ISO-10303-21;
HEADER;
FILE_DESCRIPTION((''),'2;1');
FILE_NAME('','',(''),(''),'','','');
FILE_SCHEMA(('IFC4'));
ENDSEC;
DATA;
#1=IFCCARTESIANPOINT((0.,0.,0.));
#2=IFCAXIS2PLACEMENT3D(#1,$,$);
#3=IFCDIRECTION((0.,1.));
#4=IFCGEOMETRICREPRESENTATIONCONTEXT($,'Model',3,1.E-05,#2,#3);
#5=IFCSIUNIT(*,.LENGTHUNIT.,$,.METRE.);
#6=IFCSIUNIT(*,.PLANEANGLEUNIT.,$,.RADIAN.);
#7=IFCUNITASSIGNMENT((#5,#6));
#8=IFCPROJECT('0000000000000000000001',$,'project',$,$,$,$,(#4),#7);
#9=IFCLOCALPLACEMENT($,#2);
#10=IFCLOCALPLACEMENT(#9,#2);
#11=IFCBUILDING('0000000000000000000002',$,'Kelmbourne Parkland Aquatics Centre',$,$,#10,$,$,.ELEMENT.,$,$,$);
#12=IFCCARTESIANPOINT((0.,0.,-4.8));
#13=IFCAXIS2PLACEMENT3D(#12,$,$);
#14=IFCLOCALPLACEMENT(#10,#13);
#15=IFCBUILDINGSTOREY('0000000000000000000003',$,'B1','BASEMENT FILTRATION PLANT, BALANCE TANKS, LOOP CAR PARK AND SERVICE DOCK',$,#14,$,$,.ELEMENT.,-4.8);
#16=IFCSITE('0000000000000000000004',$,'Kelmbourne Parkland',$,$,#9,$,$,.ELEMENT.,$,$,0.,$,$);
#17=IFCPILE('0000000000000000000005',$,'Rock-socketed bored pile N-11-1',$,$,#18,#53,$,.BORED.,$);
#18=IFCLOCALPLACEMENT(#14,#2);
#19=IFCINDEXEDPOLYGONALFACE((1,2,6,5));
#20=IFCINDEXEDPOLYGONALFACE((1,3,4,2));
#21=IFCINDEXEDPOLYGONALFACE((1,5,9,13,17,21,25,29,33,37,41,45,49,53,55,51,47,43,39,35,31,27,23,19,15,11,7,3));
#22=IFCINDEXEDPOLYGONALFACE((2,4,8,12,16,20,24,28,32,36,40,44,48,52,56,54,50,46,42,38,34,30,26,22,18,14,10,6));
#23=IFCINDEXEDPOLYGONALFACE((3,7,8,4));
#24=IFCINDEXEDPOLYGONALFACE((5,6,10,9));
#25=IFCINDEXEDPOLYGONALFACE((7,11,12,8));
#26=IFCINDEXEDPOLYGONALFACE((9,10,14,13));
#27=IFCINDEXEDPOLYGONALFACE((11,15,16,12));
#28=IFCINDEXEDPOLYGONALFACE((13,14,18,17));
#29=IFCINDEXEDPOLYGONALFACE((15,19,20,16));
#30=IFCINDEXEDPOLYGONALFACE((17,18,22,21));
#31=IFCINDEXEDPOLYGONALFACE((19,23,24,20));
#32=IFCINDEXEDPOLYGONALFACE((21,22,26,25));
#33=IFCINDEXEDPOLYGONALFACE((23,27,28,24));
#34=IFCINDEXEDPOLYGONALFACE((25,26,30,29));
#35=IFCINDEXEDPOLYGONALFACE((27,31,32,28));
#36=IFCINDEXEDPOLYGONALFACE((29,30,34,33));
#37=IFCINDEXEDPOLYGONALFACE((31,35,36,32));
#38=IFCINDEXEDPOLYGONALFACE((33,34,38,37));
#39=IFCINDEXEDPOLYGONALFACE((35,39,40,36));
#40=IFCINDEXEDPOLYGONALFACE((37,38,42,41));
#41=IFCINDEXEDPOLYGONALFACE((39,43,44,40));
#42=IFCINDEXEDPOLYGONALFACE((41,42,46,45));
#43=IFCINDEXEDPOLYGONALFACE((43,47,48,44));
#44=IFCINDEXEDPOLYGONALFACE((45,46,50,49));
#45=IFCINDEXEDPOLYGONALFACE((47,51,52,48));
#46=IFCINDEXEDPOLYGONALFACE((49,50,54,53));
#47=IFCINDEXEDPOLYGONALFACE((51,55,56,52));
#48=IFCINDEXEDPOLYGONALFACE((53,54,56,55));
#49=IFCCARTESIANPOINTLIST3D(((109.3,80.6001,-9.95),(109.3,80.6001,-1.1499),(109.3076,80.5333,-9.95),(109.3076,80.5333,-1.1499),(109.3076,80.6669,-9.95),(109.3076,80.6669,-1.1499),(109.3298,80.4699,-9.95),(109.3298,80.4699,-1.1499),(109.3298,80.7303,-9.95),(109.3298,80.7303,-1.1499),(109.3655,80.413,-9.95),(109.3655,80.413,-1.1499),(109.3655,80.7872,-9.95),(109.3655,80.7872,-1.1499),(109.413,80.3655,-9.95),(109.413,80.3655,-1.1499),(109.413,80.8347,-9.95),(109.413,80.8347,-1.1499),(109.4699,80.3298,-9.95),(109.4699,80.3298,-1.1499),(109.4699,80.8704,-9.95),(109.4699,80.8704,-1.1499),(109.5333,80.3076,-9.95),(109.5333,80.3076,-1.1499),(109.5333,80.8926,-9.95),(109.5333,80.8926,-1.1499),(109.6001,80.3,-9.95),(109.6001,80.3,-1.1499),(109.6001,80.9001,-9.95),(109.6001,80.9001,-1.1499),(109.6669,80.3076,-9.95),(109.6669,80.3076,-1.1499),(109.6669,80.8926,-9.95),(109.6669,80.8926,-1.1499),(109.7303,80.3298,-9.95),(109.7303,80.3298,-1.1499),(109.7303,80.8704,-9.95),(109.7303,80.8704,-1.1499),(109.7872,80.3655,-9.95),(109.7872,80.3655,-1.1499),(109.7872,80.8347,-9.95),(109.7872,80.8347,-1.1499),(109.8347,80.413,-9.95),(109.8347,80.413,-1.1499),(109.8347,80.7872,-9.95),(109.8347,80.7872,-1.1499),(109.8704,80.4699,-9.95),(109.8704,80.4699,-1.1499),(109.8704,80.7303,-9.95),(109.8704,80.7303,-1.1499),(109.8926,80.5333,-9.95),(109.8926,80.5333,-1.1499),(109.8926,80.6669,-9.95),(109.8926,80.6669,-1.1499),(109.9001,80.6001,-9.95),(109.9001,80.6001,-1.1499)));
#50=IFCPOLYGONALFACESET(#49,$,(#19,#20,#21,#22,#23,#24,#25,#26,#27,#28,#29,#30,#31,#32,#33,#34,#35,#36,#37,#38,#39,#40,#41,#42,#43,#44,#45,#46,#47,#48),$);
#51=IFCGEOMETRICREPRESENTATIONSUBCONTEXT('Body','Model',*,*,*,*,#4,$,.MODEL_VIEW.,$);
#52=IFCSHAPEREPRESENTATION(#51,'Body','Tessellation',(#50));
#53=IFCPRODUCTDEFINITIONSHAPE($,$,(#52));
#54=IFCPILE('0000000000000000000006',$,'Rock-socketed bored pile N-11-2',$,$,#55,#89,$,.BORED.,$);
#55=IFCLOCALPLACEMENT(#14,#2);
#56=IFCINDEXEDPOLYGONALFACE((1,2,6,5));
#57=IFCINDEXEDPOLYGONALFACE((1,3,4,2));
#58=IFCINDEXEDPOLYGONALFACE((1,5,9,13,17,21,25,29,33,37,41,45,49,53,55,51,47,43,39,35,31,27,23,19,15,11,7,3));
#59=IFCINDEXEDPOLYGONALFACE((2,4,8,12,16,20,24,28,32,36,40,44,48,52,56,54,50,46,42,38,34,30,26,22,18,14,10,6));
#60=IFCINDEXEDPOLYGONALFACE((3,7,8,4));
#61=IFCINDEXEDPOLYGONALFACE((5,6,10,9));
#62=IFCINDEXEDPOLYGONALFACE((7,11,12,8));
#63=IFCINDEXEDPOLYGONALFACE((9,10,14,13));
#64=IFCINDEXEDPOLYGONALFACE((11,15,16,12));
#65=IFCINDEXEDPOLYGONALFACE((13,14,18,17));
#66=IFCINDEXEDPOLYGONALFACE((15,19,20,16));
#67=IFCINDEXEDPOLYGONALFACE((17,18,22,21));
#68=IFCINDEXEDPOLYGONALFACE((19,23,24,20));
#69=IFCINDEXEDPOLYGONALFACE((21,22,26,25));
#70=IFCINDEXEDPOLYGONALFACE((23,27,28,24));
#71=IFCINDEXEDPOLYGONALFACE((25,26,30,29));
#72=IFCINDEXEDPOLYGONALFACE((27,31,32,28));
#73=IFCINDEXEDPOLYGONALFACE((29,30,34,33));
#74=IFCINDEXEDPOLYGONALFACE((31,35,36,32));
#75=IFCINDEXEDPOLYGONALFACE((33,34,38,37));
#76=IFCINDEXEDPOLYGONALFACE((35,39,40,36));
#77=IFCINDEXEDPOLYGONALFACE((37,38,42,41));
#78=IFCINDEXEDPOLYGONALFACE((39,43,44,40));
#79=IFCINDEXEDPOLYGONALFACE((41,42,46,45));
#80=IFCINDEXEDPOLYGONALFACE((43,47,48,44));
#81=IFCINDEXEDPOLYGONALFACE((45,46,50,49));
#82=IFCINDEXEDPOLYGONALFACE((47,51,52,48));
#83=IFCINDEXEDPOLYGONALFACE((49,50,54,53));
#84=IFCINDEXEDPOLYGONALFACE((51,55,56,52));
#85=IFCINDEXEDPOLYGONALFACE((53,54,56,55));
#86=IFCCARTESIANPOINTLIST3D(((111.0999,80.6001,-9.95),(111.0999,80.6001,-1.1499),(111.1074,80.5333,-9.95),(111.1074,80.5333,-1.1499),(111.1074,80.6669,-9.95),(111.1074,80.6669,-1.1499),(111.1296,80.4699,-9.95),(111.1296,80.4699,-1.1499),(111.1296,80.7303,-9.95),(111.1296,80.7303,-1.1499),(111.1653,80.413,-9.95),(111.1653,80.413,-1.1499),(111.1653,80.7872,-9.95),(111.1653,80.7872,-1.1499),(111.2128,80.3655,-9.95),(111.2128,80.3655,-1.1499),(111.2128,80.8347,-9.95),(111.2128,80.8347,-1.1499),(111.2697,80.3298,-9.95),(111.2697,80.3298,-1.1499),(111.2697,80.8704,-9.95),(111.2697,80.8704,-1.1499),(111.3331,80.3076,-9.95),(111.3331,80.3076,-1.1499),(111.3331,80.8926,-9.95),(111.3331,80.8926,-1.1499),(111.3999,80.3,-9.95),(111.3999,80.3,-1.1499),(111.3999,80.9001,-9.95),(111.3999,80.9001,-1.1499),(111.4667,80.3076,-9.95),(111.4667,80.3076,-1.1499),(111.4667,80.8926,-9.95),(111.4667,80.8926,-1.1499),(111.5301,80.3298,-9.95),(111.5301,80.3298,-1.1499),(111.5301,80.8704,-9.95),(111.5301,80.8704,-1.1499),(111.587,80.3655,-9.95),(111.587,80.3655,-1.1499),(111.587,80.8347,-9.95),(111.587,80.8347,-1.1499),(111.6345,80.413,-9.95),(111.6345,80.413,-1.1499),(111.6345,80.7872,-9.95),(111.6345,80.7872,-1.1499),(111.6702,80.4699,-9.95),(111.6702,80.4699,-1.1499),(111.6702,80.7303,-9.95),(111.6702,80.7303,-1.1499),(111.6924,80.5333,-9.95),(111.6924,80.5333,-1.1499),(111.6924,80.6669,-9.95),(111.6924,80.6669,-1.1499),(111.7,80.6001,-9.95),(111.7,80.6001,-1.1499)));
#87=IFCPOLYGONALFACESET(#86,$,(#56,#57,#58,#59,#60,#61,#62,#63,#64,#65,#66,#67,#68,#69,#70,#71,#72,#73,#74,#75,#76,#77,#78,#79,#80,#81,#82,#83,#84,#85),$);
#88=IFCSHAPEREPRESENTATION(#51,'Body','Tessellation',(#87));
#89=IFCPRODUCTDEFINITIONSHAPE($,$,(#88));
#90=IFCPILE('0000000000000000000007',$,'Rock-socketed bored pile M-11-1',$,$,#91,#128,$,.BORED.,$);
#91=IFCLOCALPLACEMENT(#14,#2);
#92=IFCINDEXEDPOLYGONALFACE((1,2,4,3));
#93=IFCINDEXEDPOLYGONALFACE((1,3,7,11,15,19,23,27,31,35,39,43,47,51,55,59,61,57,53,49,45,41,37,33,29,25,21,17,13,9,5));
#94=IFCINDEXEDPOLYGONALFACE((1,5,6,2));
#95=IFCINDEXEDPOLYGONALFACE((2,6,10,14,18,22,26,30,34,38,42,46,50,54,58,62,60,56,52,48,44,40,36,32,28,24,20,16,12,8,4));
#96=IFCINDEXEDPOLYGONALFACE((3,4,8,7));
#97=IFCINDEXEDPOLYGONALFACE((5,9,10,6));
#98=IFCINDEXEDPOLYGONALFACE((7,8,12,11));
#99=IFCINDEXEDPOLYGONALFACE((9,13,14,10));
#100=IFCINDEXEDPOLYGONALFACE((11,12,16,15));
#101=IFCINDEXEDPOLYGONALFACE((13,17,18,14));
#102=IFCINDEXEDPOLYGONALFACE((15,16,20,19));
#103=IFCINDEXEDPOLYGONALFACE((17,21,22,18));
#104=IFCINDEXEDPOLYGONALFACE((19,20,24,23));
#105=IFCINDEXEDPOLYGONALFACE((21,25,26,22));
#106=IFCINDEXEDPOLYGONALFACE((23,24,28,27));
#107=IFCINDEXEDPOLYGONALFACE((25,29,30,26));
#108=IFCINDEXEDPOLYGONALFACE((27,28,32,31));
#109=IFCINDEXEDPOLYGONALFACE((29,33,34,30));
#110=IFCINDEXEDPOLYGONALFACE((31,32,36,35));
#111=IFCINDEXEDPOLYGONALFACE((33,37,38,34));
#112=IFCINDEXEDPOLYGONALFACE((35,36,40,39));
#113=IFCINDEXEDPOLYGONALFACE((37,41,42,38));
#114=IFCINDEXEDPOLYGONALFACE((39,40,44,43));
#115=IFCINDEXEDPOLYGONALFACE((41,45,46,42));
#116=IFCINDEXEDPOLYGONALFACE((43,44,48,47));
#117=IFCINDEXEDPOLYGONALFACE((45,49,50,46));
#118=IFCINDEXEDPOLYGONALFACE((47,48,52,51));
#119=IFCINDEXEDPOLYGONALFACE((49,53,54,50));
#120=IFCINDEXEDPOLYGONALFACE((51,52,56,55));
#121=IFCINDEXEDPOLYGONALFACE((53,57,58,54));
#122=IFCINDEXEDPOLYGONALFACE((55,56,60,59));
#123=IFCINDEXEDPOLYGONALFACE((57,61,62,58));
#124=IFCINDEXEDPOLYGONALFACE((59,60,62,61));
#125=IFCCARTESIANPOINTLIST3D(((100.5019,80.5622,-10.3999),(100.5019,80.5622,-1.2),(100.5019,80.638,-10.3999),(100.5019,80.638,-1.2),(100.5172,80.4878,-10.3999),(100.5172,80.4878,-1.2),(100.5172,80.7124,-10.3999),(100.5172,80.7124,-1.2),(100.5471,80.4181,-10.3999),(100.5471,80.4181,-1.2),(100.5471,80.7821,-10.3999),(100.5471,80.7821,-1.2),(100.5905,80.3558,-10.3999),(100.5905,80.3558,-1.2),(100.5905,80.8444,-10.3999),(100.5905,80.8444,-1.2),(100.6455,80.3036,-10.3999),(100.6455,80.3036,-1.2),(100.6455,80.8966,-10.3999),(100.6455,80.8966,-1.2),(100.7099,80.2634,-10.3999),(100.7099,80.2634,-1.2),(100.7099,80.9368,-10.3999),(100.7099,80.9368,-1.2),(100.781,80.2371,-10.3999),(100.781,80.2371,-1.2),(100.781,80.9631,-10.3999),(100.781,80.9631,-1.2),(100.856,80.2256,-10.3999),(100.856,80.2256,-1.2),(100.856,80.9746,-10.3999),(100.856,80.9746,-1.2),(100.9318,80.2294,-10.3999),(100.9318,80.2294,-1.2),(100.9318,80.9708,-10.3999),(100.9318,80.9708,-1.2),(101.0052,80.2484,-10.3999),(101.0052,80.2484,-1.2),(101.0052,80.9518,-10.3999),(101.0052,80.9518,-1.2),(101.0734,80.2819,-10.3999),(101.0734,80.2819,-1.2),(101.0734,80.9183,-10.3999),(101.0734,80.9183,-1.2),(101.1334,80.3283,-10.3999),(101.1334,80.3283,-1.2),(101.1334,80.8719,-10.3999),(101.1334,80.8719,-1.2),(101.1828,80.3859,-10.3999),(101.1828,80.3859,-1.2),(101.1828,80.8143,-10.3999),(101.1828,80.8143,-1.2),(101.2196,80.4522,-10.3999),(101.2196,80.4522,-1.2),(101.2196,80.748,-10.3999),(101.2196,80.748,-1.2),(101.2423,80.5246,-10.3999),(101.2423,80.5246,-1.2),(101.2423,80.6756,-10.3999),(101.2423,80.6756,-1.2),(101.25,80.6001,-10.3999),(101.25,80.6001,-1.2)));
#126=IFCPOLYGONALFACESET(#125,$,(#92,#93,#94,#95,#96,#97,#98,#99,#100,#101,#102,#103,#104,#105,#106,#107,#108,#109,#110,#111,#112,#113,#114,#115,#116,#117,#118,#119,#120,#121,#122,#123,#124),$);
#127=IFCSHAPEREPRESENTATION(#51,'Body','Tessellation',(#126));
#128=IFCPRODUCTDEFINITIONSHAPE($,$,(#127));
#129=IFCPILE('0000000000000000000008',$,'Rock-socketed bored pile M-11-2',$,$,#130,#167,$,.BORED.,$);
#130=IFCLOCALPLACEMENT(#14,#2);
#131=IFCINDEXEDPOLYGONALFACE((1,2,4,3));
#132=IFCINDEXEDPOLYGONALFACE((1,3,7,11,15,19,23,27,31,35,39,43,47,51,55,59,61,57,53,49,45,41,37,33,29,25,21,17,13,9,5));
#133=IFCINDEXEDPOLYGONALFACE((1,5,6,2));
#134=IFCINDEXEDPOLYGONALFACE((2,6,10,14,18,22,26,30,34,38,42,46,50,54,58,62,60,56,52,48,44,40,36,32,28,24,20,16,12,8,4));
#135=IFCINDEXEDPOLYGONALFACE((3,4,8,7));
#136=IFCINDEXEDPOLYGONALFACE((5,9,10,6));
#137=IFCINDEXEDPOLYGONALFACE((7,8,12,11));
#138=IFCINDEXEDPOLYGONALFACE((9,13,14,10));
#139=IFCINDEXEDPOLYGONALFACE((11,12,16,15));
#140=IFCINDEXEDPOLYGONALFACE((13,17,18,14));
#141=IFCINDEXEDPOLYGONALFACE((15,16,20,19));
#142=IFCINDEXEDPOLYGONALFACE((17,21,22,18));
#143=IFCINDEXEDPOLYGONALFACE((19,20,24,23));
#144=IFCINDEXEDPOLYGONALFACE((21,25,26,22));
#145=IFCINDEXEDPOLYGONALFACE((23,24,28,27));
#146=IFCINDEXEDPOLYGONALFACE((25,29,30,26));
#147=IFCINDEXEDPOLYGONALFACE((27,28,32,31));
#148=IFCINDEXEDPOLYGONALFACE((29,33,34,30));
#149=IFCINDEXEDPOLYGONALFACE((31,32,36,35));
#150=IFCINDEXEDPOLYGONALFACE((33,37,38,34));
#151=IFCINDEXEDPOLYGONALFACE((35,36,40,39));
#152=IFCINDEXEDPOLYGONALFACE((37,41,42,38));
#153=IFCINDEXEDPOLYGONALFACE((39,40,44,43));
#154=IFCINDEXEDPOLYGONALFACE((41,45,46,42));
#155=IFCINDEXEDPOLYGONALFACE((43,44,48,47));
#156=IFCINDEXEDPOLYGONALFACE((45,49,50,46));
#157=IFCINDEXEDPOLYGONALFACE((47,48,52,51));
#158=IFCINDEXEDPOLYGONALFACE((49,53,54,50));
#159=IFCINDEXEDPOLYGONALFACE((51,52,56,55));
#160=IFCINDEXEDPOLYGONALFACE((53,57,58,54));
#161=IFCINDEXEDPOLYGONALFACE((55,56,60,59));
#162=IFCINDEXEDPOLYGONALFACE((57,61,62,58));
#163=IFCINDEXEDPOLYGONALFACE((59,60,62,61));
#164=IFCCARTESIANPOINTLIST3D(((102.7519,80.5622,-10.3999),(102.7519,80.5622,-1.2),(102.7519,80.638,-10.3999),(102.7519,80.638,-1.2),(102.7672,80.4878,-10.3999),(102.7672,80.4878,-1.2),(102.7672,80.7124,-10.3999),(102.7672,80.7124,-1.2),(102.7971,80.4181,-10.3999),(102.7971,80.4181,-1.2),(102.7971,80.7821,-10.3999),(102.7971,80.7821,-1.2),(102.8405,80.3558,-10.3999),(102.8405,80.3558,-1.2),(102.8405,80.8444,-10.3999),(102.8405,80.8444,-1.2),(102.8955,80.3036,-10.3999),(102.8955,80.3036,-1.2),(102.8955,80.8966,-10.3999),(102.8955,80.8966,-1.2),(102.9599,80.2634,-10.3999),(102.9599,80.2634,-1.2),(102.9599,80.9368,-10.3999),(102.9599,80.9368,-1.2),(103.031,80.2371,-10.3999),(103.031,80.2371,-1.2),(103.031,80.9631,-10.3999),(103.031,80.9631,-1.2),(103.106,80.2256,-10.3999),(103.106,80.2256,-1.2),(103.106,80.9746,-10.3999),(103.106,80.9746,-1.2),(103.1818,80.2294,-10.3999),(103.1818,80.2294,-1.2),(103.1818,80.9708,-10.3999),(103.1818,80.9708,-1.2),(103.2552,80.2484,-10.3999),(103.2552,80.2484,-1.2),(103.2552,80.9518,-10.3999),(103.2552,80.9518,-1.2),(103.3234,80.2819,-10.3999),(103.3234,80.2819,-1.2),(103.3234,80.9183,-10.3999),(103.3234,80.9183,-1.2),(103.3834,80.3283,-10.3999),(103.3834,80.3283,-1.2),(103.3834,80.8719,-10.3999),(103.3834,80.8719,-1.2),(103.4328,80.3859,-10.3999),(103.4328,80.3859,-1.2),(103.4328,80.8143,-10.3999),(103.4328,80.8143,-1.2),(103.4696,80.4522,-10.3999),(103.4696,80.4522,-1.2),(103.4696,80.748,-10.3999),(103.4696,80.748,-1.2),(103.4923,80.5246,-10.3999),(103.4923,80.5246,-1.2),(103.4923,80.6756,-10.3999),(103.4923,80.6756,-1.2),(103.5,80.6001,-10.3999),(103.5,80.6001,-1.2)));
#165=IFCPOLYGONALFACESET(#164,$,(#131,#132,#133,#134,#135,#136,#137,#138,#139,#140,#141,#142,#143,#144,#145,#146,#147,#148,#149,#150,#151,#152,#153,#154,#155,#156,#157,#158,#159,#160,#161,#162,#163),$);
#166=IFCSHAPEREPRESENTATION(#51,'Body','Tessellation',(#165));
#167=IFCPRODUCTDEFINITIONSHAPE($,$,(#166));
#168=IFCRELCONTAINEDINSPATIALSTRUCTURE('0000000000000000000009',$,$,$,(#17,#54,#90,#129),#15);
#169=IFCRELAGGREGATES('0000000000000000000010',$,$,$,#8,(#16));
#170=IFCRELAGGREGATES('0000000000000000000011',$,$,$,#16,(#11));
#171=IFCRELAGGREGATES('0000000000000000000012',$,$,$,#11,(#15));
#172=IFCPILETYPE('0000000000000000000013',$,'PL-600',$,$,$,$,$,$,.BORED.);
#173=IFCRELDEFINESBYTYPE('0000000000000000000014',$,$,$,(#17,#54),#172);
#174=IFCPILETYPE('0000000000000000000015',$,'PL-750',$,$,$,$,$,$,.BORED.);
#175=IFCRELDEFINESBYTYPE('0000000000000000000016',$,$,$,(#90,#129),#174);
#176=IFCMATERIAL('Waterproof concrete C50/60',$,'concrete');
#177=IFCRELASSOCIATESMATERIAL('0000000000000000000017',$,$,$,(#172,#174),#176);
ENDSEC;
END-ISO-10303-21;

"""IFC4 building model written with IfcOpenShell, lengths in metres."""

from ifc_helpers import new_model, si_unit, direction, frame, origin, origin_2d, place, context, subcontext, project, spatial, circle, extrude, material, material_profile, profile_set, type_object, element, save


model = new_model("IFC4")

# Units and contexts
model_context = context("Model", 3, precision=1e-05, world=origin(), true_north=direction((0.0, 1.0)))
body_context = subcontext(model_context, "Body", "Model", "MODEL_VIEW")
ifc_project = project(units=[si_unit("LENGTHUNIT", "METRE"), si_unit("PLANEANGLEUNIT", "RADIAN")], contexts=[model_context])

# Site, building, storey
site_placement = place(None, origin())
site = spatial("IfcSite", under=ifc_project, at=site_placement, Name="Kelmbourne Parkland", CompositionType="ELEMENT", RefElevation=0.0)
building_placement = place(site_placement, origin())
building = spatial("IfcBuilding", under=site, at=building_placement, Name="Kelmbourne Parkland Aquatics Centre", CompositionType="ELEMENT")
storey_placement = place(building_placement, frame((0.0, 0.0, -4.8)))
storey = spatial("IfcBuildingStorey", under=building, at=storey_placement, Name="B1", Description="BASEMENT FILTRATION PLANT, BALANCE TANKS, LOOP CAR PARK AND SERVICE DOCK", CompositionType="ELEMENT", Elevation=-4.8)

# Shared definitions
ifc_material_1 = material(Name="Waterproof concrete C50/60", Category="concrete")

# Piles
ifc_material_profile_1 = material_profile(ifc_material_1, circle(Radius=0.3, at=origin_2d()), Name="PILE D600")
ifc_profile_set_1 = profile_set([ifc_material_profile_1], Name="Waterproof concrete C50/60")
pile_type_1 = type_object("IfcPileType", Name="PL-600", PredefinedType="BORED", material=ifc_profile_set_1)
for number, where, z_axis, x_axis, name in (
    (1, (109.6001, 80.6001, -1.1499), (0.0, 0.0, -1.0), (1.0, 0.0, 0.0), "Rock-socketed bored pile N-11-1"),
    (2, (111.3999, 80.6001, -1.1499), (0.0, 0.0, -1.0), (1.0, 0.0, 0.0), "Rock-socketed bored pile N-11-2"),
):
    element("IfcPile", number, at=place(storey_placement, frame(where, z_axis=z_axis, x_axis=x_axis)), inside=storey, type_object=pile_type_1, Name=name, PredefinedType="BORED", context=body_context, shape_type="SweptSolid", body=[
        extrude(circle(Radius=0.3, at=origin_2d()), origin(), (0.0, 0.0, 1.0), 8.8),
    ])
ifc_material_profile_2 = material_profile(ifc_material_1, circle(Radius=0.375, at=origin_2d()), Name="PILE D750")
ifc_profile_set_2 = profile_set([ifc_material_profile_2], Name="Waterproof concrete C50/60")
pile_type_2 = type_object("IfcPileType", Name="PL-750", PredefinedType="BORED", material=ifc_profile_set_2)
for number, where, z_axis, x_axis, name in (
    (3, (100.875, 80.6001, -1.2), (0.0, 0.0, -1.0), (1.0, 0.0, 0.0), "Rock-socketed bored pile M-11-1"),
    (4, (103.125, 80.6001, -1.2), (0.0, 0.0, -1.0), (1.0, 0.0, 0.0), "Rock-socketed bored pile M-11-2"),
):
    element("IfcPile", number, at=place(storey_placement, frame(where, z_axis=z_axis, x_axis=x_axis)), inside=storey, type_object=pile_type_2, Name=name, PredefinedType="BORED", context=body_context, shape_type="SweptSolid", body=[
        extrude(circle(Radius=0.375, at=origin_2d()), origin(), (0.0, 0.0, 1.0), 9.2),
    ])

save(model, "model.ifc")
